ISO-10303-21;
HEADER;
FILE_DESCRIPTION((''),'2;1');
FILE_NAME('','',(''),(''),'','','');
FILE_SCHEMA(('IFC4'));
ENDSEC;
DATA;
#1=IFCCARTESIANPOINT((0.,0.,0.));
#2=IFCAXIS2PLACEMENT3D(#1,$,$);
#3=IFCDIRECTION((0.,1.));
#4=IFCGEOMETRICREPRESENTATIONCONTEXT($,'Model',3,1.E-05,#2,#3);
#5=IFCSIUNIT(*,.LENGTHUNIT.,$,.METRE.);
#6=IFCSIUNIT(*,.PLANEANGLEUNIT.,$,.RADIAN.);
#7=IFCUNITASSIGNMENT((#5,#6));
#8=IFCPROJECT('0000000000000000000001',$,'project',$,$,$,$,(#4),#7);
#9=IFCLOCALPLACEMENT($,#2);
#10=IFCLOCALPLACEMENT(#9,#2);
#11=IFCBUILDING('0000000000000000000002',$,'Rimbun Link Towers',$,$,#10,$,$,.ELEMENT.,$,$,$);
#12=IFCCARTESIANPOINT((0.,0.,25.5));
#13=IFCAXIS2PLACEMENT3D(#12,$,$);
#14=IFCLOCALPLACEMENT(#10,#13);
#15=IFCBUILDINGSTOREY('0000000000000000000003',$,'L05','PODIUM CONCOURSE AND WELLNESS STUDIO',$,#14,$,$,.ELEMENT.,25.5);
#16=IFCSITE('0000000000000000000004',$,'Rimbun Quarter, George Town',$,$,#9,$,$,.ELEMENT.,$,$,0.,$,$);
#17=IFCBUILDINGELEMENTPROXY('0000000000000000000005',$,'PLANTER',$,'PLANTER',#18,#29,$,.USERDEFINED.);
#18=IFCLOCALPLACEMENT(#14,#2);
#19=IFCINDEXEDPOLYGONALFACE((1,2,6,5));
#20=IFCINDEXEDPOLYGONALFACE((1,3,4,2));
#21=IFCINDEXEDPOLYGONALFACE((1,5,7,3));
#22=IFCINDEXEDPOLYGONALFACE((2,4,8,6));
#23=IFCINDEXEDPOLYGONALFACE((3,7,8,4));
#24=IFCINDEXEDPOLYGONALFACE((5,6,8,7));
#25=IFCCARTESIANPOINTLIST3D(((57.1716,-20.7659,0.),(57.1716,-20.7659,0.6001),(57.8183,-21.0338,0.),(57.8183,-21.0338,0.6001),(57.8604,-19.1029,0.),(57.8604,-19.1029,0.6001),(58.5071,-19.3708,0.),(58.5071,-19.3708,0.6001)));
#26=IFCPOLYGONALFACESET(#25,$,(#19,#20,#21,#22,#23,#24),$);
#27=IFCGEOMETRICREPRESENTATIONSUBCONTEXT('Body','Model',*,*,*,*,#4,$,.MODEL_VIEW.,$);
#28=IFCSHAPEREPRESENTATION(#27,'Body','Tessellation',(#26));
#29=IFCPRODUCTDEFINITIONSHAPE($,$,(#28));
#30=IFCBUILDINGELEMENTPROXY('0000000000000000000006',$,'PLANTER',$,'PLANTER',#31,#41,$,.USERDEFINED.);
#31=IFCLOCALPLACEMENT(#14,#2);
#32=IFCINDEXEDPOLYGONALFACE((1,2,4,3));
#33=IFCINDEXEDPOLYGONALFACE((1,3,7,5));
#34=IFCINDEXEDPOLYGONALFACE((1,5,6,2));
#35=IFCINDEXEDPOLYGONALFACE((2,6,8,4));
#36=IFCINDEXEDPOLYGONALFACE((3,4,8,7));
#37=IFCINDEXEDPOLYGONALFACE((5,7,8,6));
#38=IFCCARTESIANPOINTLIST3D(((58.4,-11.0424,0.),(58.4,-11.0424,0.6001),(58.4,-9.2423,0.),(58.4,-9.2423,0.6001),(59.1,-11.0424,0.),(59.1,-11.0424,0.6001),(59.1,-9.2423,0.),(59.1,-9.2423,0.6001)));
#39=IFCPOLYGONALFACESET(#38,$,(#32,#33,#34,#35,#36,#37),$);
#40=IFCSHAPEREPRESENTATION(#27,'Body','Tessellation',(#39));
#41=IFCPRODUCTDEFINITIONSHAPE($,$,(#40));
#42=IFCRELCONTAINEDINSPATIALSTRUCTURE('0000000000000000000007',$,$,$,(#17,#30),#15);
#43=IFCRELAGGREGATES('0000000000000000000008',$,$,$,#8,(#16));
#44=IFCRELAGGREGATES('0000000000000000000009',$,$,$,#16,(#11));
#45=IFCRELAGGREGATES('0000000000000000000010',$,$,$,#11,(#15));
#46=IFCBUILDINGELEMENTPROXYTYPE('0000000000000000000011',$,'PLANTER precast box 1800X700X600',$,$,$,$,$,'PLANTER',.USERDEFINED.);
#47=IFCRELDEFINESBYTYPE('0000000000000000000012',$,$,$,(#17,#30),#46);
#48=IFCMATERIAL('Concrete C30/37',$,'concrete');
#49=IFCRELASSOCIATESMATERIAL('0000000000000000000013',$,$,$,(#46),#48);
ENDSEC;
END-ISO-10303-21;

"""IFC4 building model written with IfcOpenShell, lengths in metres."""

from ifc_helpers import new_model, si_unit, direction, frame, origin, origin_2d, place, context, subcontext, project, spatial, rectangle, extrude, material, type_object, element, save


model = new_model("IFC4")

# Units and contexts
model_context = context("Model", 3, precision=1e-05, world=origin(), true_north=direction((0.0, 1.0)))
body_context = subcontext(model_context, "Body", "Model", "MODEL_VIEW")
ifc_project = project(units=[si_unit("LENGTHUNIT", "METRE"), si_unit("PLANEANGLEUNIT", "RADIAN")], contexts=[model_context])

# Site, building, storey
site_placement = place(None, origin())
site = spatial("IfcSite", under=ifc_project, at=site_placement, Name="Rimbun Quarter, George Town", CompositionType="ELEMENT", RefElevation=0.0)
building_placement = place(site_placement, origin())
building = spatial("IfcBuilding", under=site, at=building_placement, Name="Rimbun Link Towers", CompositionType="ELEMENT")
storey_placement = place(building_placement, frame((0.0, 0.0, 25.5)))
storey = spatial("IfcBuildingStorey", under=building, at=storey_placement, Name="L05", Description="PODIUM CONCOURSE AND WELLNESS STUDIO", CompositionType="ELEMENT", Elevation=25.5)

# Building element proxies
ifc_material_1 = material(Name="Concrete C30/37", Category="concrete")
building_element_proxy_type = type_object("IfcBuildingElementProxyType", Name="PLANTER precast box 1800X700X600", ElementType="PLANTER", PredefinedType="USERDEFINED", material=ifc_material_1)
for number, where, z_axis, x_axis, name in (
    (1, (57.8394, -20.0684, 0.0), (0.0, 0.0, 1.0), (0.382679, 0.923881, 0.0), "PLANTER"),
    (2, (58.75, -10.1423, 0.0), (0.0, 0.0, 1.0), (0.0, 1.0, 0.0), "PLANTER"),
):
    element("IfcBuildingElementProxy", number, at=place(storey_placement, frame(where, z_axis=z_axis, x_axis=x_axis)), inside=storey, type_object=building_element_proxy_type, Name=name, ObjectType="PLANTER", PredefinedType="USERDEFINED", context=body_context, shape_type="SweptSolid", body=[
        extrude(rectangle(XDim=1.8, YDim=0.7, at=origin_2d()), origin(), (0.0, 0.0, 1.0), 0.6001),
    ])

save(model, "model.ifc")
